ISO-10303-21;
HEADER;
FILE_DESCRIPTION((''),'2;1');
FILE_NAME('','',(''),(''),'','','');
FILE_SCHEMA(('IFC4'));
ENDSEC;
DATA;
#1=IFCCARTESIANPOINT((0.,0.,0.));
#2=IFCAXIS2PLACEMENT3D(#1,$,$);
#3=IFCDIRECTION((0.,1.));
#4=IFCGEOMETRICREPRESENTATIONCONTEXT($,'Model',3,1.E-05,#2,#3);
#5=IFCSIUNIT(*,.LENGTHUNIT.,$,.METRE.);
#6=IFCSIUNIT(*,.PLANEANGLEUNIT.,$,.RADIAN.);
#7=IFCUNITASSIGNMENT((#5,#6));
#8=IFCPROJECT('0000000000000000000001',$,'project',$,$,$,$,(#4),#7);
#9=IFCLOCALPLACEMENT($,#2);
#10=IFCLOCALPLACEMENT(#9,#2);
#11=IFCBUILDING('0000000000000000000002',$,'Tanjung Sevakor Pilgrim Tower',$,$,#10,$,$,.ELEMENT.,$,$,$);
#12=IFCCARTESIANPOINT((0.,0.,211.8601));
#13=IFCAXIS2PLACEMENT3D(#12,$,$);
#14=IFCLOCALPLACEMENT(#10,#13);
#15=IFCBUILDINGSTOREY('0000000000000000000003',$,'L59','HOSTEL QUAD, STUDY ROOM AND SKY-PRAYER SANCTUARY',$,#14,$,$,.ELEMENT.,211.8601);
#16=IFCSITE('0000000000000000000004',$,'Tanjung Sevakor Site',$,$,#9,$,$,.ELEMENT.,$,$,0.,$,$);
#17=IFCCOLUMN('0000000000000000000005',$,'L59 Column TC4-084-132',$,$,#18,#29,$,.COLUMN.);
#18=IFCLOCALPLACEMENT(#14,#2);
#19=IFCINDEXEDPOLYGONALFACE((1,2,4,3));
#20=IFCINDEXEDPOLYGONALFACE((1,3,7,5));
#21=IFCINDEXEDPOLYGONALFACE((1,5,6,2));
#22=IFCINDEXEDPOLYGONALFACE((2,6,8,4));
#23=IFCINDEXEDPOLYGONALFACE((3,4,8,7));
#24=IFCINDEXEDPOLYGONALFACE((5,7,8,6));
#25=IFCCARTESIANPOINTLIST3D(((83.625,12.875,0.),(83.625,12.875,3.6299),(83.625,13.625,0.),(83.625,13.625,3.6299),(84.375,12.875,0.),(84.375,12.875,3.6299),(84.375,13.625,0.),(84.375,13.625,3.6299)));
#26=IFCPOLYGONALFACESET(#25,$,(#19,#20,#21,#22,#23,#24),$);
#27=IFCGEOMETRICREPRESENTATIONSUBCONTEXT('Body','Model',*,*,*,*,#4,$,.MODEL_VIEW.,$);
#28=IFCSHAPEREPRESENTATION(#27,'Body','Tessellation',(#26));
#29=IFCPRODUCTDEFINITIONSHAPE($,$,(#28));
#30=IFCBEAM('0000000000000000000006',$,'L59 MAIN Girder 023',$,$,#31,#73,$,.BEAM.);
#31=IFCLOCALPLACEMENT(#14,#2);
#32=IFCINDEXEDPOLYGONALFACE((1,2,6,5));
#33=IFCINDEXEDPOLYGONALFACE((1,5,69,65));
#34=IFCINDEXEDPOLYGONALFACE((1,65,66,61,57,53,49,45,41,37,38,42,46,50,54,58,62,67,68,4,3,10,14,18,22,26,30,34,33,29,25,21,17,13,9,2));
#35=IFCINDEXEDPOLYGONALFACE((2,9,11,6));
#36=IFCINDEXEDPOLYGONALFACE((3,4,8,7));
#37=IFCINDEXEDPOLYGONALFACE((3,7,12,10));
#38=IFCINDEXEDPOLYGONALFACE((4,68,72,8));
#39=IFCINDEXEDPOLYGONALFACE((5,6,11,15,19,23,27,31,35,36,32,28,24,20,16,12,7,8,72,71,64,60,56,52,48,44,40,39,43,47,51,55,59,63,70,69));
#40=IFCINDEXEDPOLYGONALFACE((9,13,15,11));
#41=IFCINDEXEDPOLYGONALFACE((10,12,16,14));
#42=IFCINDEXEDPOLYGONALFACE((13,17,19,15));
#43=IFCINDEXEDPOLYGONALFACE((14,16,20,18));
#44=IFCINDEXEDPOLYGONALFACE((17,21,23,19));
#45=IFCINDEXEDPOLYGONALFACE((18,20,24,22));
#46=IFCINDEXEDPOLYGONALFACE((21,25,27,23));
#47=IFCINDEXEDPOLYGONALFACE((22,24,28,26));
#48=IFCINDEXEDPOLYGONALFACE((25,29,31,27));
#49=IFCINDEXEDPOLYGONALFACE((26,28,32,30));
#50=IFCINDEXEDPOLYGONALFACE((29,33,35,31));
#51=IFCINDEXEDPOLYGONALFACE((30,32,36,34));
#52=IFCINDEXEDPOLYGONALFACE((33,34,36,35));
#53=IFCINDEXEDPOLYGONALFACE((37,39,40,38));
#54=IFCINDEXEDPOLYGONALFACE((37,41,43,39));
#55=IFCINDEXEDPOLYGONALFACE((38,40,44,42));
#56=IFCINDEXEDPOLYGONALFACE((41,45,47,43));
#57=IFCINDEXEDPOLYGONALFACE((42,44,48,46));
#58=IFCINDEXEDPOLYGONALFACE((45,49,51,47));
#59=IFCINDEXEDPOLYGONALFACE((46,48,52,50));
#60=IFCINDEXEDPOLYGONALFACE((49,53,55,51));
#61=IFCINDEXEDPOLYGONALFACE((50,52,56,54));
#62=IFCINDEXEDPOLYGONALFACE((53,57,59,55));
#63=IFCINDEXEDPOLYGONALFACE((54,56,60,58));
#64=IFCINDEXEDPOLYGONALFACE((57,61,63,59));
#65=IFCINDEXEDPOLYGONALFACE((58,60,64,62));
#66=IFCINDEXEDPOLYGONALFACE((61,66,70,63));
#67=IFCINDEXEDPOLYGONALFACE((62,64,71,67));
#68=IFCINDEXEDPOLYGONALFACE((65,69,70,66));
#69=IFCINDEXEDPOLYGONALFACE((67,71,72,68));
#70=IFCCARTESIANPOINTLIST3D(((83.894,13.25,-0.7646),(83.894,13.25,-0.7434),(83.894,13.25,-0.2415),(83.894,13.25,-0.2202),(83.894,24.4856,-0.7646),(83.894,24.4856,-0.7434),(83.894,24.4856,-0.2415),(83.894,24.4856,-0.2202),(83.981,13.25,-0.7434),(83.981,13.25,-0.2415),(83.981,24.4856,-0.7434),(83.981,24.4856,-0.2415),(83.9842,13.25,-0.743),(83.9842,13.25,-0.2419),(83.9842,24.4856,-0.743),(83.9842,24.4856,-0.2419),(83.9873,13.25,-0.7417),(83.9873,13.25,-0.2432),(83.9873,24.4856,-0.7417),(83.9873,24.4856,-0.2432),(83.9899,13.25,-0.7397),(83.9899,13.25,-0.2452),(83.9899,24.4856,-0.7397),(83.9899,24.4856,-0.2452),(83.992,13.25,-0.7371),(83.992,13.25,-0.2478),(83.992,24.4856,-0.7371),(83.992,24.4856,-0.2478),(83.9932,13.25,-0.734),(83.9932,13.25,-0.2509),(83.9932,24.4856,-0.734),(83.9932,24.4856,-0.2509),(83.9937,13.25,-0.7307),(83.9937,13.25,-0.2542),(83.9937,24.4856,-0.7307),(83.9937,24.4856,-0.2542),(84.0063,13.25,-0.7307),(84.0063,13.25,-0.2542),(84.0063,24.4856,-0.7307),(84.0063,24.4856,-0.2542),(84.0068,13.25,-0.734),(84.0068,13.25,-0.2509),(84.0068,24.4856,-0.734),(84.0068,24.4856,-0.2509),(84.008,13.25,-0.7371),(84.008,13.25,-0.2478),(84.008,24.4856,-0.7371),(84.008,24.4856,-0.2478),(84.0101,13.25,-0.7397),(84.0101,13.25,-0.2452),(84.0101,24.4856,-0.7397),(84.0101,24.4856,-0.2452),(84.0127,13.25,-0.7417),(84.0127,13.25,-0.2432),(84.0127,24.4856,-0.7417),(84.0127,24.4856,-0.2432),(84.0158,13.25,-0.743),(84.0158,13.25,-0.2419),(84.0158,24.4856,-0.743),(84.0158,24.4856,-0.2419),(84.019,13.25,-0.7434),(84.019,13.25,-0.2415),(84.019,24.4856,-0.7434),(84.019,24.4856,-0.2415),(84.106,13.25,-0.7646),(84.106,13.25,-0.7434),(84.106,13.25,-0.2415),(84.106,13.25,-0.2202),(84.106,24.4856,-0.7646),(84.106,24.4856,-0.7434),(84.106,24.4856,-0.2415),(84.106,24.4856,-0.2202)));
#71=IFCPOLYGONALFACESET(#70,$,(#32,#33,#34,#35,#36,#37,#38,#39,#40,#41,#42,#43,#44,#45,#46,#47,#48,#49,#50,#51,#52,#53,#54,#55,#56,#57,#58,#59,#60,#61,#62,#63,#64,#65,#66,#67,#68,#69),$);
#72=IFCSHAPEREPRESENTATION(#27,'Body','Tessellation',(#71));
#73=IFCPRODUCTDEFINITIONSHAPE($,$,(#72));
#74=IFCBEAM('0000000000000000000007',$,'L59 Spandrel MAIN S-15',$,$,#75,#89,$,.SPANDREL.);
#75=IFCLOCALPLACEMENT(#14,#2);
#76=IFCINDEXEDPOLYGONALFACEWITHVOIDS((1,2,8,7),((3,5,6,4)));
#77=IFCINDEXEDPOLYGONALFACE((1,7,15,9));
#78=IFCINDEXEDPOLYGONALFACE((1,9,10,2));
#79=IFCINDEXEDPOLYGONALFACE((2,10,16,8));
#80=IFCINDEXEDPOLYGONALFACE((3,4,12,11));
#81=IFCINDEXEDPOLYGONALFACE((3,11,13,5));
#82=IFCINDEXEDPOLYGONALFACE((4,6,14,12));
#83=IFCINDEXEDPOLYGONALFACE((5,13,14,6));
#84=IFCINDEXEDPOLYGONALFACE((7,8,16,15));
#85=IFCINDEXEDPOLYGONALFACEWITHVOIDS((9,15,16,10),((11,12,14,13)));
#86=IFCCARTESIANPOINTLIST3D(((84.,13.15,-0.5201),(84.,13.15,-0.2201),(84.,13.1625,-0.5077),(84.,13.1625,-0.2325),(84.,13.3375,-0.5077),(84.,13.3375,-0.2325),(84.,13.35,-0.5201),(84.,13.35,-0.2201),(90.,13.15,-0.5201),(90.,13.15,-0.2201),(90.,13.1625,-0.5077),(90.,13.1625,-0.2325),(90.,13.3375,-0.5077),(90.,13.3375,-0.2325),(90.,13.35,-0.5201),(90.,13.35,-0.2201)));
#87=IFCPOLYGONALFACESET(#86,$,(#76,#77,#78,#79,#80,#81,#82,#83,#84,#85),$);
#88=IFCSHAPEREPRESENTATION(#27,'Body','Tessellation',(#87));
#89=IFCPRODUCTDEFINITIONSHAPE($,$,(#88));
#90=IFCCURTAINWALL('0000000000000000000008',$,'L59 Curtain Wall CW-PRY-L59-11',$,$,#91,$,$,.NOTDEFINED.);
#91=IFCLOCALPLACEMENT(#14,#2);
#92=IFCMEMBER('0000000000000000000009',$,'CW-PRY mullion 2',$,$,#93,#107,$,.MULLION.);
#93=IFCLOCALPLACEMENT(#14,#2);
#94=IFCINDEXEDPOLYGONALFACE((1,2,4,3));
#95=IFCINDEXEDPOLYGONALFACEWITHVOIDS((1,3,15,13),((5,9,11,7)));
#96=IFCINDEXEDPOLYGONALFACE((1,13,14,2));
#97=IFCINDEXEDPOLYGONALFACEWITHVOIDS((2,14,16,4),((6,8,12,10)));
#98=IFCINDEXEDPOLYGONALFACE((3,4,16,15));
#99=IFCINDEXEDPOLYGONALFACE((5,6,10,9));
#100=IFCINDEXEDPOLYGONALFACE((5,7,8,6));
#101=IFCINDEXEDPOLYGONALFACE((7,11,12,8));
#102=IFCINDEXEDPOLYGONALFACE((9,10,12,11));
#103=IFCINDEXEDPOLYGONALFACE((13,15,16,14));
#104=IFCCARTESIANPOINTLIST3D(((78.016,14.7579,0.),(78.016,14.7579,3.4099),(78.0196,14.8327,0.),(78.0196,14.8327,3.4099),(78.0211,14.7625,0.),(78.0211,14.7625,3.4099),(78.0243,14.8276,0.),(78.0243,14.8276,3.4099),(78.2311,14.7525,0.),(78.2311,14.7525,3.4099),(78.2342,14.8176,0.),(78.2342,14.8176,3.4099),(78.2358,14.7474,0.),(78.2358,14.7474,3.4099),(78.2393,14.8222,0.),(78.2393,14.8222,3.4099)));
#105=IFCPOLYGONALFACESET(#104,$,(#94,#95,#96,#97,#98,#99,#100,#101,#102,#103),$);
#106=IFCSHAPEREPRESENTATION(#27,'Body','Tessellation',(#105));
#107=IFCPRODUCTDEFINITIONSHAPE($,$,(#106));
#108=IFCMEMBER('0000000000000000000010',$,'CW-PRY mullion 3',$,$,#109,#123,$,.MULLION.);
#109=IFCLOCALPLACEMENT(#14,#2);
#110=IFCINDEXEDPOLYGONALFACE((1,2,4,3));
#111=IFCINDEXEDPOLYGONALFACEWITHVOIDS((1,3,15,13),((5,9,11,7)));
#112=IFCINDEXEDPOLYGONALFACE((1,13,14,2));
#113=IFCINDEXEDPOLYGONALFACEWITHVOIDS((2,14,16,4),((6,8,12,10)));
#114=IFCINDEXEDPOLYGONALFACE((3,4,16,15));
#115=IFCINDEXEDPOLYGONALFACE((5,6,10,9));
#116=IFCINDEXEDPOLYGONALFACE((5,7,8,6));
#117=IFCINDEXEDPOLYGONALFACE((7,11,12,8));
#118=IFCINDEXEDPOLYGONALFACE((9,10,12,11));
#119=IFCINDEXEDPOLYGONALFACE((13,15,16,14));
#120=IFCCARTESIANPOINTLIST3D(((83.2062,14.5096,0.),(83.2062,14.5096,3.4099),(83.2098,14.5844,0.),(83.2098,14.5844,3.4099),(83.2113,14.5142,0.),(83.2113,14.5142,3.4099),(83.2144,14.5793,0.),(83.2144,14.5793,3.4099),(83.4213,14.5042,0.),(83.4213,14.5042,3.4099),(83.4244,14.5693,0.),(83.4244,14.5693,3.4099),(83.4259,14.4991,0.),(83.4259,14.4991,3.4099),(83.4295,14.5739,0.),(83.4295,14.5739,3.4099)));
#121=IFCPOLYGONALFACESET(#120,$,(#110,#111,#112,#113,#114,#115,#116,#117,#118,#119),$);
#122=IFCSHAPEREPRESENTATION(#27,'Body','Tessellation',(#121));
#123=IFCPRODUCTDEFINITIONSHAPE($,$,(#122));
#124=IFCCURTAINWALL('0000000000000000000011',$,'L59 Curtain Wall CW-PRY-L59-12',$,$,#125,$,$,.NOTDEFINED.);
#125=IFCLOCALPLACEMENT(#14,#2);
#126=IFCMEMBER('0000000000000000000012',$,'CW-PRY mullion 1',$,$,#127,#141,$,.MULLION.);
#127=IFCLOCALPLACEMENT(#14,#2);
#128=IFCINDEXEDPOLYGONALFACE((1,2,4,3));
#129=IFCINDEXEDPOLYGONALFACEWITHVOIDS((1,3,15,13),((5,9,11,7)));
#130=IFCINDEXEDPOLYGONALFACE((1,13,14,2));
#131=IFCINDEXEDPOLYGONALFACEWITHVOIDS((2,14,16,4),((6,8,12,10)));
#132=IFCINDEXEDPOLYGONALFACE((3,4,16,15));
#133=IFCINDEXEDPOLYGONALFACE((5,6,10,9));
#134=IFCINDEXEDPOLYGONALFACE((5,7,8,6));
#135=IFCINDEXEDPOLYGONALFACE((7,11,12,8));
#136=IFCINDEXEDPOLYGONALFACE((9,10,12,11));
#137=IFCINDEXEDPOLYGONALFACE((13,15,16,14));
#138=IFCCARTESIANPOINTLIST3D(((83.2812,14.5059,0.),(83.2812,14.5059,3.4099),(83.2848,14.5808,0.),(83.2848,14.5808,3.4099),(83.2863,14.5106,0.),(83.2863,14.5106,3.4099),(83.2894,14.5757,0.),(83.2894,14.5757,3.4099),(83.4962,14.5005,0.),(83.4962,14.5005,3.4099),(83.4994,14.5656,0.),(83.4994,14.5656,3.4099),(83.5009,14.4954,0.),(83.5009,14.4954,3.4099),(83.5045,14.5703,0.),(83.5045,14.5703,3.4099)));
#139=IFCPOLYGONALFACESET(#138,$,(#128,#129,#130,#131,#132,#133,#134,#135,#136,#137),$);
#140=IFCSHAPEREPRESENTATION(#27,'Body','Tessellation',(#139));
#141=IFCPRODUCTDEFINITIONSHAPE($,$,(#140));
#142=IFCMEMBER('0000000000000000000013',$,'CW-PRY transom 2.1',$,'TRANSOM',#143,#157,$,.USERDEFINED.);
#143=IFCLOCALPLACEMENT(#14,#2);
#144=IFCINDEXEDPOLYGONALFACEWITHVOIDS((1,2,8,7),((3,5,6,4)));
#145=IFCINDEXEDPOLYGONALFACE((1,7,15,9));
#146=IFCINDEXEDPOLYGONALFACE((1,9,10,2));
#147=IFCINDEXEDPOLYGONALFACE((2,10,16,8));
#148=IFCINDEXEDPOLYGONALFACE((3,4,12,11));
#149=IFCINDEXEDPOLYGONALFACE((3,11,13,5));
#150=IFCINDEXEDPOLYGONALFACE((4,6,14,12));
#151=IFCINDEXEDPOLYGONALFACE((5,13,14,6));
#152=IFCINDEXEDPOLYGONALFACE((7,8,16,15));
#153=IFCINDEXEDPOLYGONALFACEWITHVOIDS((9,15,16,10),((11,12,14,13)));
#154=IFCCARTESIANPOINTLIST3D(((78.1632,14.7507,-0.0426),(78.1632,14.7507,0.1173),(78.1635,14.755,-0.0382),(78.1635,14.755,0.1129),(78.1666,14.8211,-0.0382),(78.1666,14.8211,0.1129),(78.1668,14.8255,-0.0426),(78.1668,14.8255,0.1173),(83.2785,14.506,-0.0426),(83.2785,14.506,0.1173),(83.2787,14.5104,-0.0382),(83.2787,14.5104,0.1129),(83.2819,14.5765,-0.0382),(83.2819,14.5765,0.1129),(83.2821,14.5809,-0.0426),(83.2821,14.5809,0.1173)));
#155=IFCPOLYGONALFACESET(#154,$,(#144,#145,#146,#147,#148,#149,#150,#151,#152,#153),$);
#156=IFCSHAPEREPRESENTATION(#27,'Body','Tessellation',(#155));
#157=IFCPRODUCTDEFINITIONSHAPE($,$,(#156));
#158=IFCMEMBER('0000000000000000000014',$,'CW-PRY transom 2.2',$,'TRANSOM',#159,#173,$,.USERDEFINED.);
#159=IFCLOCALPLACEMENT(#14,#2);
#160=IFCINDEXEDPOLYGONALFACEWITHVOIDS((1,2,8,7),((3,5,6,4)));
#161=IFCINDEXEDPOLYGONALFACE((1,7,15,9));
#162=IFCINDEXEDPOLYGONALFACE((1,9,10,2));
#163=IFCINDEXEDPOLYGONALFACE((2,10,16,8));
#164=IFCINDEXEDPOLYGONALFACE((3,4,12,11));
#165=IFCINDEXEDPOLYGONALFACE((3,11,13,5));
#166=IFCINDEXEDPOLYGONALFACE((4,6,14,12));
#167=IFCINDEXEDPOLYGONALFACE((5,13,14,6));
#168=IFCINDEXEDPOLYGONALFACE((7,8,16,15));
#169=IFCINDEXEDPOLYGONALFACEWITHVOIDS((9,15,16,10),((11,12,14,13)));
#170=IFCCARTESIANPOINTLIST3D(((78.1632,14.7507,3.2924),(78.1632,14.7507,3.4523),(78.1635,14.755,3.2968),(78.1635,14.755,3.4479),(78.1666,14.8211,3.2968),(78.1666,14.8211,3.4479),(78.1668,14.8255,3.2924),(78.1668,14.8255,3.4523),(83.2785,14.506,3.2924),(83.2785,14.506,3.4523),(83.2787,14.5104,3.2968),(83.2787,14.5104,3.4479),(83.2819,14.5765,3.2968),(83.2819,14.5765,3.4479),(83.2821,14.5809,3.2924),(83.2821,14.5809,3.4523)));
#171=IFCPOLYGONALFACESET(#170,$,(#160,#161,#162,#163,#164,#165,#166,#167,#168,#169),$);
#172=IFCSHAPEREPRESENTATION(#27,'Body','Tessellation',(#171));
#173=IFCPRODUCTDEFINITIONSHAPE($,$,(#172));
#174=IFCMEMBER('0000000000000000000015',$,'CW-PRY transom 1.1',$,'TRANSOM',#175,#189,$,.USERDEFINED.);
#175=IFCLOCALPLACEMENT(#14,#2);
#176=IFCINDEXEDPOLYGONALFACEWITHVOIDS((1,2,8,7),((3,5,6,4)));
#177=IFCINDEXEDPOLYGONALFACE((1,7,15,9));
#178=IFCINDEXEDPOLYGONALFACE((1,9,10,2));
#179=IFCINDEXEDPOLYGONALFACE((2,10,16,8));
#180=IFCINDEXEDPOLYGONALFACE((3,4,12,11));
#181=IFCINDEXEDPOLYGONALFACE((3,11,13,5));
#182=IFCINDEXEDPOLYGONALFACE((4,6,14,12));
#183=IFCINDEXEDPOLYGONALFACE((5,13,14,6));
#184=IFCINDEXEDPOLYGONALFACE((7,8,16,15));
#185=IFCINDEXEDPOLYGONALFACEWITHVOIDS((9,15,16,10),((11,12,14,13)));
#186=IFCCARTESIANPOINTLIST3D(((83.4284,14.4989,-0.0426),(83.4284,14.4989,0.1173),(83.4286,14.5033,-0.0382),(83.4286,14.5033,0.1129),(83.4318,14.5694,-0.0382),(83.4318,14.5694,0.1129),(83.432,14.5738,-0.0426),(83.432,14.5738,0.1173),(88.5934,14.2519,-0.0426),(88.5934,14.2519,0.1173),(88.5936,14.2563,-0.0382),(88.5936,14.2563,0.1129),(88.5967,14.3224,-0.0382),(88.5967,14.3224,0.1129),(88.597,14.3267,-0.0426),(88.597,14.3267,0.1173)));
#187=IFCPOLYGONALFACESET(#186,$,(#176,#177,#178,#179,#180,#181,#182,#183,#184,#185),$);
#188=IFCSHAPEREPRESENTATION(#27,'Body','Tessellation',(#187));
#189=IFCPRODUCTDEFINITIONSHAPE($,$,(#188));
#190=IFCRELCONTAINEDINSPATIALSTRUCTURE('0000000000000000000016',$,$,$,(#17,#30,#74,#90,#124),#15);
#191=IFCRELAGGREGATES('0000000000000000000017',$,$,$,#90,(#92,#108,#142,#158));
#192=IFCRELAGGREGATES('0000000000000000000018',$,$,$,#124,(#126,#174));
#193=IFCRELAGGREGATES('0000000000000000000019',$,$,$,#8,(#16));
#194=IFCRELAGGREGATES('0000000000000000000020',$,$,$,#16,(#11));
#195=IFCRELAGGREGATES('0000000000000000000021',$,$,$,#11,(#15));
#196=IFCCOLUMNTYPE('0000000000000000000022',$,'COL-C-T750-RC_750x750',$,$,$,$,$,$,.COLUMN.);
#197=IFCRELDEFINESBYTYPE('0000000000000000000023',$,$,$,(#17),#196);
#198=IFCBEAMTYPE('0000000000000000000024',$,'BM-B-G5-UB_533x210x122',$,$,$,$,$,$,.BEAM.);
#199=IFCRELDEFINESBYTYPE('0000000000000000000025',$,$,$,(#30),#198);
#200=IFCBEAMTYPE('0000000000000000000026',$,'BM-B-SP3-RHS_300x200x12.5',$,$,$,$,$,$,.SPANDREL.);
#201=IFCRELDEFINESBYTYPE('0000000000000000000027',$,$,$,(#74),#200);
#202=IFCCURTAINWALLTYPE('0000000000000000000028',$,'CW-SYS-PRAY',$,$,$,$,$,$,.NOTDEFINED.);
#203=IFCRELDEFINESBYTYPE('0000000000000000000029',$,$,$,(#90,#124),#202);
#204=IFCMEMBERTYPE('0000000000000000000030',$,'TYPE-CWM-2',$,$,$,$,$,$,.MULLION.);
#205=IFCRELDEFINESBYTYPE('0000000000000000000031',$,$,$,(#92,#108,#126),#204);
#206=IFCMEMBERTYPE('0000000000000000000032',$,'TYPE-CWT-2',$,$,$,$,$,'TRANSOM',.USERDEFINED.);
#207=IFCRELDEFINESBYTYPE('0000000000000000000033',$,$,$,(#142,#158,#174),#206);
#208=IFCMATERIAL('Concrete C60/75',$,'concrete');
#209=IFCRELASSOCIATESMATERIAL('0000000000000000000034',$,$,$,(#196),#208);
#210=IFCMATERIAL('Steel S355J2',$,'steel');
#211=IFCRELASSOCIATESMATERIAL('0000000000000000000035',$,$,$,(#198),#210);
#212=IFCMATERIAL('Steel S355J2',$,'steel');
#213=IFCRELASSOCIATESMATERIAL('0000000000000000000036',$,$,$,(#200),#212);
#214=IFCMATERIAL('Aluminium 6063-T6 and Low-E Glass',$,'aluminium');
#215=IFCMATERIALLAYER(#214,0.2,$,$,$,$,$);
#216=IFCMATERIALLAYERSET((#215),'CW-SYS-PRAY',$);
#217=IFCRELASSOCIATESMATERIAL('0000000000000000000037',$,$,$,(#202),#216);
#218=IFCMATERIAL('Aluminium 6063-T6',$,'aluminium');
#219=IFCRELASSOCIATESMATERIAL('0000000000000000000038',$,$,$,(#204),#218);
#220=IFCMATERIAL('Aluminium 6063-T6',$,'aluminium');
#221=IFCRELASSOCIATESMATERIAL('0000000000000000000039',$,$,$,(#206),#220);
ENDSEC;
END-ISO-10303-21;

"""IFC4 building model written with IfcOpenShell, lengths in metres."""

from ifc_helpers import new_model, si_unit, direction, frame, origin, origin_2d, place, context, subcontext, project, spatial, rectangle, hollow_rectangle, i_section, extrude, material, layer, layer_set, material_profile, profile_set, type_object, element, aggregate, save


model = new_model("IFC4")

# Units and contexts
model_context = context("Model", 3, precision=1e-05, world=origin(), true_north=direction((0.0, 1.0)))
body_context = subcontext(model_context, "Body", "Model", "MODEL_VIEW")
ifc_project = project(units=[si_unit("LENGTHUNIT", "METRE"), si_unit("PLANEANGLEUNIT", "RADIAN")], contexts=[model_context])

# Site, building, storey
site_placement = place(None, origin())
site = spatial("IfcSite", under=ifc_project, at=site_placement, Name="Tanjung Sevakor Site", CompositionType="ELEMENT", RefElevation=0.0)
building_placement = place(site_placement, origin())
building = spatial("IfcBuilding", under=site, at=building_placement, Name="Tanjung Sevakor Pilgrim Tower", CompositionType="ELEMENT")
storey_placement = place(building_placement, frame((0.0, 0.0, 211.8601)))
storey = spatial("IfcBuildingStorey", under=building, at=storey_placement, Name="L59", Description="HOSTEL QUAD, STUDY ROOM AND SKY-PRAYER SANCTUARY", CompositionType="ELEMENT", Elevation=211.8601)

# Column
ifc_material_1 = material(Name="Concrete C60/75", Category="concrete")
ifc_material_profile_1 = material_profile(ifc_material_1, rectangle(XDim=0.75, YDim=0.75, at=origin_2d()))
ifc_profile_set_1 = profile_set([ifc_material_profile_1], Name="Concrete C60/75")
column_type = type_object("IfcColumnType", Name="COL-C-T750-RC_750x750", PredefinedType="COLUMN", material=ifc_profile_set_1)
column_placement = place(storey_placement, frame((84.0, 13.25, 0.0), z_axis=(0.0, 0.0, 1.0), x_axis=(1.0, 0.0, 0.0)))
element("IfcColumn", 1, at=column_placement, inside=storey, type_object=column_type, Name="L59 Column TC4-084-132", PredefinedType="COLUMN", context=body_context, shape_type="SweptSolid", body=[
    extrude(rectangle(XDim=0.75, YDim=0.75, at=origin_2d()), origin(), (0.0, 0.0, 1.0), 3.6299),
])

# Beams
ifc_material_2 = material(Name="Steel S355J2", Category="steel")
ifc_material_profile_2 = material_profile(ifc_material_2, i_section(OverallWidth=0.2119, OverallDepth=0.5444, WebThickness=0.0127, FlangeThickness=0.0212, FilletRadius=0.0127, at=origin_2d()))
ifc_profile_set_2 = profile_set([ifc_material_profile_2], Name="Steel S355J2")
beam_type_1 = type_object("IfcBeamType", Name="BM-B-G5-UB_533x210x122", PredefinedType="BEAM", material=ifc_profile_set_2)
beam_1_placement = place(storey_placement, frame((84.0, 13.25, -0.4924), z_axis=(0.0, 1.0, 0.0), x_axis=(-1.0, 0.0, 0.0)))
element("IfcBeam", 2, at=beam_1_placement, inside=storey, type_object=beam_type_1, Name="L59 MAIN Girder 023", PredefinedType="BEAM", context=body_context, shape_type="SweptSolid", body=[
    extrude(i_section(OverallWidth=0.2119, OverallDepth=0.5444, WebThickness=0.0127, FlangeThickness=0.0212, FilletRadius=0.0127, at=origin_2d()), origin(), (0.0, 0.0, 1.0), 11.2356),
])
ifc_material_3 = material(Name="Steel S355J2", Category="steel")
ifc_material_profile_3 = material_profile(ifc_material_3, hollow_rectangle(XDim=0.2, YDim=0.3, WallThickness=0.0125, at=origin_2d()))
ifc_profile_set_3 = profile_set([ifc_material_profile_3], Name="Steel S355J2")
beam_type_2 = type_object("IfcBeamType", Name="BM-B-SP3-RHS_300x200x12.5", PredefinedType="SPANDREL", material=ifc_profile_set_3)
beam_2_placement = place(storey_placement, frame((84.0, 13.25, -0.3701), z_axis=(1.0, 0.0, 0.0), x_axis=(0.0, 1.0, 0.0)))
element("IfcBeam", 3, at=beam_2_placement, inside=storey, type_object=beam_type_2, Name="L59 Spandrel MAIN S-15", PredefinedType="SPANDREL", context=body_context, shape_type="SweptSolid", body=[
    extrude(hollow_rectangle(XDim=0.2, YDim=0.3, WallThickness=0.0125, at=origin_2d()), origin(), (0.0, 0.0, 1.0), 6.0),
])

# Curtain wall, members
ifc_material_4 = material(Name="Aluminium 6063-T6 and Low-E Glass", Category="aluminium")
ifc_layer_1 = layer(ifc_material_4, 0.2)
ifc_layer_set_1 = layer_set([ifc_layer_1], Name="CW-SYS-PRAY")
curtain_wall_type = type_object("IfcCurtainWallType", Name="CW-SYS-PRAY", PredefinedType="NOTDEFINED", material=ifc_layer_set_1)
curtain_wall_1_placement = place(storey_placement, origin())
curtain_wall_1 = element("IfcCurtainWall", 4, at=curtain_wall_1_placement, inside=storey, type_object=curtain_wall_type, Name="L59 Curtain Wall CW-PRY-L59-11", PredefinedType="NOTDEFINED")
ifc_material_5 = material(Name="Aluminium 6063-T6", Category="aluminium")
ifc_material_profile_4 = material_profile(ifc_material_5, hollow_rectangle(XDim=0.075, YDim=0.22, WallThickness=0.0049, at=origin_2d()))
ifc_profile_set_4 = profile_set([ifc_material_profile_4], Name="Aluminium 6063-T6")
member_type_1 = type_object("IfcMemberType", Name="TYPE-CWM-2", PredefinedType="MULLION", material=ifc_profile_set_4)
member_1_placement = place(storey_placement, frame((78.1277, 14.79, 0.0), z_axis=(0.0, 0.0, 1.0), x_axis=(0.047787, 0.998858, 0.0)))
member_1 = element("IfcMember", 5, at=member_1_placement, type_object=member_type_1, Name="CW-PRY mullion 2", PredefinedType="MULLION", context=body_context, shape_type="SweptSolid", body=[
    extrude(hollow_rectangle(XDim=0.075, YDim=0.22, WallThickness=0.0049, at=origin_2d()), origin(), (0.0, 0.0, 1.0), 3.4099),
])
member_2_placement = place(storey_placement, frame((83.3179, 14.5417, 0.0), z_axis=(0.0, 0.0, 1.0), x_axis=(0.047787, 0.998858, 0.0)))
member_2 = element("IfcMember", 6, at=member_2_placement, type_object=member_type_1, Name="CW-PRY mullion 3", PredefinedType="MULLION", context=body_context, shape_type="SweptSolid", body=[
    extrude(hollow_rectangle(XDim=0.075, YDim=0.22, WallThickness=0.0049, at=origin_2d()), origin(), (0.0, 0.0, 1.0), 3.4099),
])

# Curtain wall, member
curtain_wall_2_placement = place(storey_placement, origin())
curtain_wall_2 = element("IfcCurtainWall", 7, at=curtain_wall_2_placement, inside=storey, type_object=curtain_wall_type, Name="L59 Curtain Wall CW-PRY-L59-12", PredefinedType="NOTDEFINED")
member_3_placement = place(storey_placement, frame((83.3928, 14.5381, 0.0), z_axis=(0.0, 0.0, 1.0), x_axis=(0.047791, 0.998857, 0.0)))
member_3 = element("IfcMember", 8, at=member_3_placement, type_object=member_type_1, Name="CW-PRY mullion 1", PredefinedType="MULLION", context=body_context, shape_type="SweptSolid", body=[
    extrude(hollow_rectangle(XDim=0.075, YDim=0.22, WallThickness=0.0049, at=origin_2d()), origin(), (0.0, 0.0, 1.0), 3.4099),
])

# Members
ifc_material_6 = material(Name="Aluminium 6063-T6", Category="aluminium")
ifc_material_profile_5 = material_profile(ifc_material_6, hollow_rectangle(XDim=0.075, YDim=0.1599, WallThickness=0.0044, at=origin_2d()))
ifc_profile_set_5 = profile_set([ifc_material_profile_5], Name="Aluminium 6063-T6")
member_type_2 = type_object("IfcMemberType", Name="TYPE-CWT-2", ElementType="TRANSOM", PredefinedType="USERDEFINED", material=ifc_profile_set_5)
member_4_placement = place(storey_placement, frame((78.165, 14.7881, 0.0374), z_axis=(0.998858, -0.047769, 0.0), x_axis=(0.047769, 0.998858, 0.0)))
member_4 = element("IfcMember", 9, at=member_4_placement, type_object=member_type_2, Name="CW-PRY transom 2.1", ObjectType="TRANSOM", PredefinedType="USERDEFINED", context=body_context, shape_type="SweptSolid", body=[
    extrude(hollow_rectangle(XDim=0.075, YDim=0.1599, WallThickness=0.0044, at=origin_2d()), origin(), (0.0, 0.0, 1.0), 5.1211),
])
member_5_placement = place(storey_placement, frame((78.165, 14.7881, 3.3723), z_axis=(0.998858, -0.047769, 0.0), x_axis=(0.047769, 0.998858, 0.0)))
member_5 = element("IfcMember", 10, at=member_5_placement, type_object=member_type_2, Name="CW-PRY transom 2.2", ObjectType="TRANSOM", PredefinedType="USERDEFINED", context=body_context, shape_type="SweptSolid", body=[
    extrude(hollow_rectangle(XDim=0.075, YDim=0.1599, WallThickness=0.0044, at=origin_2d()), origin(), (0.0, 0.0, 1.0), 5.1211),
])
member_6_placement = place(storey_placement, frame((83.4302, 14.5364, 0.0374), z_axis=(0.998858, -0.04778, 0.0), x_axis=(0.04778, 0.998858, 0.0)))
member_6 = element("IfcMember", 11, at=member_6_placement, type_object=member_type_2, Name="CW-PRY transom 1.1", ObjectType="TRANSOM", PredefinedType="USERDEFINED", context=body_context, shape_type="SweptSolid", body=[
    extrude(hollow_rectangle(XDim=0.075, YDim=0.1599, WallThickness=0.0044, at=origin_2d()), origin(), (0.0, 0.0, 1.0), 5.1709),
])

aggregate(curtain_wall_1, [member_1, member_2, member_4, member_5])
aggregate(curtain_wall_2, [member_3, member_6])

save(model, "model.ifc")
